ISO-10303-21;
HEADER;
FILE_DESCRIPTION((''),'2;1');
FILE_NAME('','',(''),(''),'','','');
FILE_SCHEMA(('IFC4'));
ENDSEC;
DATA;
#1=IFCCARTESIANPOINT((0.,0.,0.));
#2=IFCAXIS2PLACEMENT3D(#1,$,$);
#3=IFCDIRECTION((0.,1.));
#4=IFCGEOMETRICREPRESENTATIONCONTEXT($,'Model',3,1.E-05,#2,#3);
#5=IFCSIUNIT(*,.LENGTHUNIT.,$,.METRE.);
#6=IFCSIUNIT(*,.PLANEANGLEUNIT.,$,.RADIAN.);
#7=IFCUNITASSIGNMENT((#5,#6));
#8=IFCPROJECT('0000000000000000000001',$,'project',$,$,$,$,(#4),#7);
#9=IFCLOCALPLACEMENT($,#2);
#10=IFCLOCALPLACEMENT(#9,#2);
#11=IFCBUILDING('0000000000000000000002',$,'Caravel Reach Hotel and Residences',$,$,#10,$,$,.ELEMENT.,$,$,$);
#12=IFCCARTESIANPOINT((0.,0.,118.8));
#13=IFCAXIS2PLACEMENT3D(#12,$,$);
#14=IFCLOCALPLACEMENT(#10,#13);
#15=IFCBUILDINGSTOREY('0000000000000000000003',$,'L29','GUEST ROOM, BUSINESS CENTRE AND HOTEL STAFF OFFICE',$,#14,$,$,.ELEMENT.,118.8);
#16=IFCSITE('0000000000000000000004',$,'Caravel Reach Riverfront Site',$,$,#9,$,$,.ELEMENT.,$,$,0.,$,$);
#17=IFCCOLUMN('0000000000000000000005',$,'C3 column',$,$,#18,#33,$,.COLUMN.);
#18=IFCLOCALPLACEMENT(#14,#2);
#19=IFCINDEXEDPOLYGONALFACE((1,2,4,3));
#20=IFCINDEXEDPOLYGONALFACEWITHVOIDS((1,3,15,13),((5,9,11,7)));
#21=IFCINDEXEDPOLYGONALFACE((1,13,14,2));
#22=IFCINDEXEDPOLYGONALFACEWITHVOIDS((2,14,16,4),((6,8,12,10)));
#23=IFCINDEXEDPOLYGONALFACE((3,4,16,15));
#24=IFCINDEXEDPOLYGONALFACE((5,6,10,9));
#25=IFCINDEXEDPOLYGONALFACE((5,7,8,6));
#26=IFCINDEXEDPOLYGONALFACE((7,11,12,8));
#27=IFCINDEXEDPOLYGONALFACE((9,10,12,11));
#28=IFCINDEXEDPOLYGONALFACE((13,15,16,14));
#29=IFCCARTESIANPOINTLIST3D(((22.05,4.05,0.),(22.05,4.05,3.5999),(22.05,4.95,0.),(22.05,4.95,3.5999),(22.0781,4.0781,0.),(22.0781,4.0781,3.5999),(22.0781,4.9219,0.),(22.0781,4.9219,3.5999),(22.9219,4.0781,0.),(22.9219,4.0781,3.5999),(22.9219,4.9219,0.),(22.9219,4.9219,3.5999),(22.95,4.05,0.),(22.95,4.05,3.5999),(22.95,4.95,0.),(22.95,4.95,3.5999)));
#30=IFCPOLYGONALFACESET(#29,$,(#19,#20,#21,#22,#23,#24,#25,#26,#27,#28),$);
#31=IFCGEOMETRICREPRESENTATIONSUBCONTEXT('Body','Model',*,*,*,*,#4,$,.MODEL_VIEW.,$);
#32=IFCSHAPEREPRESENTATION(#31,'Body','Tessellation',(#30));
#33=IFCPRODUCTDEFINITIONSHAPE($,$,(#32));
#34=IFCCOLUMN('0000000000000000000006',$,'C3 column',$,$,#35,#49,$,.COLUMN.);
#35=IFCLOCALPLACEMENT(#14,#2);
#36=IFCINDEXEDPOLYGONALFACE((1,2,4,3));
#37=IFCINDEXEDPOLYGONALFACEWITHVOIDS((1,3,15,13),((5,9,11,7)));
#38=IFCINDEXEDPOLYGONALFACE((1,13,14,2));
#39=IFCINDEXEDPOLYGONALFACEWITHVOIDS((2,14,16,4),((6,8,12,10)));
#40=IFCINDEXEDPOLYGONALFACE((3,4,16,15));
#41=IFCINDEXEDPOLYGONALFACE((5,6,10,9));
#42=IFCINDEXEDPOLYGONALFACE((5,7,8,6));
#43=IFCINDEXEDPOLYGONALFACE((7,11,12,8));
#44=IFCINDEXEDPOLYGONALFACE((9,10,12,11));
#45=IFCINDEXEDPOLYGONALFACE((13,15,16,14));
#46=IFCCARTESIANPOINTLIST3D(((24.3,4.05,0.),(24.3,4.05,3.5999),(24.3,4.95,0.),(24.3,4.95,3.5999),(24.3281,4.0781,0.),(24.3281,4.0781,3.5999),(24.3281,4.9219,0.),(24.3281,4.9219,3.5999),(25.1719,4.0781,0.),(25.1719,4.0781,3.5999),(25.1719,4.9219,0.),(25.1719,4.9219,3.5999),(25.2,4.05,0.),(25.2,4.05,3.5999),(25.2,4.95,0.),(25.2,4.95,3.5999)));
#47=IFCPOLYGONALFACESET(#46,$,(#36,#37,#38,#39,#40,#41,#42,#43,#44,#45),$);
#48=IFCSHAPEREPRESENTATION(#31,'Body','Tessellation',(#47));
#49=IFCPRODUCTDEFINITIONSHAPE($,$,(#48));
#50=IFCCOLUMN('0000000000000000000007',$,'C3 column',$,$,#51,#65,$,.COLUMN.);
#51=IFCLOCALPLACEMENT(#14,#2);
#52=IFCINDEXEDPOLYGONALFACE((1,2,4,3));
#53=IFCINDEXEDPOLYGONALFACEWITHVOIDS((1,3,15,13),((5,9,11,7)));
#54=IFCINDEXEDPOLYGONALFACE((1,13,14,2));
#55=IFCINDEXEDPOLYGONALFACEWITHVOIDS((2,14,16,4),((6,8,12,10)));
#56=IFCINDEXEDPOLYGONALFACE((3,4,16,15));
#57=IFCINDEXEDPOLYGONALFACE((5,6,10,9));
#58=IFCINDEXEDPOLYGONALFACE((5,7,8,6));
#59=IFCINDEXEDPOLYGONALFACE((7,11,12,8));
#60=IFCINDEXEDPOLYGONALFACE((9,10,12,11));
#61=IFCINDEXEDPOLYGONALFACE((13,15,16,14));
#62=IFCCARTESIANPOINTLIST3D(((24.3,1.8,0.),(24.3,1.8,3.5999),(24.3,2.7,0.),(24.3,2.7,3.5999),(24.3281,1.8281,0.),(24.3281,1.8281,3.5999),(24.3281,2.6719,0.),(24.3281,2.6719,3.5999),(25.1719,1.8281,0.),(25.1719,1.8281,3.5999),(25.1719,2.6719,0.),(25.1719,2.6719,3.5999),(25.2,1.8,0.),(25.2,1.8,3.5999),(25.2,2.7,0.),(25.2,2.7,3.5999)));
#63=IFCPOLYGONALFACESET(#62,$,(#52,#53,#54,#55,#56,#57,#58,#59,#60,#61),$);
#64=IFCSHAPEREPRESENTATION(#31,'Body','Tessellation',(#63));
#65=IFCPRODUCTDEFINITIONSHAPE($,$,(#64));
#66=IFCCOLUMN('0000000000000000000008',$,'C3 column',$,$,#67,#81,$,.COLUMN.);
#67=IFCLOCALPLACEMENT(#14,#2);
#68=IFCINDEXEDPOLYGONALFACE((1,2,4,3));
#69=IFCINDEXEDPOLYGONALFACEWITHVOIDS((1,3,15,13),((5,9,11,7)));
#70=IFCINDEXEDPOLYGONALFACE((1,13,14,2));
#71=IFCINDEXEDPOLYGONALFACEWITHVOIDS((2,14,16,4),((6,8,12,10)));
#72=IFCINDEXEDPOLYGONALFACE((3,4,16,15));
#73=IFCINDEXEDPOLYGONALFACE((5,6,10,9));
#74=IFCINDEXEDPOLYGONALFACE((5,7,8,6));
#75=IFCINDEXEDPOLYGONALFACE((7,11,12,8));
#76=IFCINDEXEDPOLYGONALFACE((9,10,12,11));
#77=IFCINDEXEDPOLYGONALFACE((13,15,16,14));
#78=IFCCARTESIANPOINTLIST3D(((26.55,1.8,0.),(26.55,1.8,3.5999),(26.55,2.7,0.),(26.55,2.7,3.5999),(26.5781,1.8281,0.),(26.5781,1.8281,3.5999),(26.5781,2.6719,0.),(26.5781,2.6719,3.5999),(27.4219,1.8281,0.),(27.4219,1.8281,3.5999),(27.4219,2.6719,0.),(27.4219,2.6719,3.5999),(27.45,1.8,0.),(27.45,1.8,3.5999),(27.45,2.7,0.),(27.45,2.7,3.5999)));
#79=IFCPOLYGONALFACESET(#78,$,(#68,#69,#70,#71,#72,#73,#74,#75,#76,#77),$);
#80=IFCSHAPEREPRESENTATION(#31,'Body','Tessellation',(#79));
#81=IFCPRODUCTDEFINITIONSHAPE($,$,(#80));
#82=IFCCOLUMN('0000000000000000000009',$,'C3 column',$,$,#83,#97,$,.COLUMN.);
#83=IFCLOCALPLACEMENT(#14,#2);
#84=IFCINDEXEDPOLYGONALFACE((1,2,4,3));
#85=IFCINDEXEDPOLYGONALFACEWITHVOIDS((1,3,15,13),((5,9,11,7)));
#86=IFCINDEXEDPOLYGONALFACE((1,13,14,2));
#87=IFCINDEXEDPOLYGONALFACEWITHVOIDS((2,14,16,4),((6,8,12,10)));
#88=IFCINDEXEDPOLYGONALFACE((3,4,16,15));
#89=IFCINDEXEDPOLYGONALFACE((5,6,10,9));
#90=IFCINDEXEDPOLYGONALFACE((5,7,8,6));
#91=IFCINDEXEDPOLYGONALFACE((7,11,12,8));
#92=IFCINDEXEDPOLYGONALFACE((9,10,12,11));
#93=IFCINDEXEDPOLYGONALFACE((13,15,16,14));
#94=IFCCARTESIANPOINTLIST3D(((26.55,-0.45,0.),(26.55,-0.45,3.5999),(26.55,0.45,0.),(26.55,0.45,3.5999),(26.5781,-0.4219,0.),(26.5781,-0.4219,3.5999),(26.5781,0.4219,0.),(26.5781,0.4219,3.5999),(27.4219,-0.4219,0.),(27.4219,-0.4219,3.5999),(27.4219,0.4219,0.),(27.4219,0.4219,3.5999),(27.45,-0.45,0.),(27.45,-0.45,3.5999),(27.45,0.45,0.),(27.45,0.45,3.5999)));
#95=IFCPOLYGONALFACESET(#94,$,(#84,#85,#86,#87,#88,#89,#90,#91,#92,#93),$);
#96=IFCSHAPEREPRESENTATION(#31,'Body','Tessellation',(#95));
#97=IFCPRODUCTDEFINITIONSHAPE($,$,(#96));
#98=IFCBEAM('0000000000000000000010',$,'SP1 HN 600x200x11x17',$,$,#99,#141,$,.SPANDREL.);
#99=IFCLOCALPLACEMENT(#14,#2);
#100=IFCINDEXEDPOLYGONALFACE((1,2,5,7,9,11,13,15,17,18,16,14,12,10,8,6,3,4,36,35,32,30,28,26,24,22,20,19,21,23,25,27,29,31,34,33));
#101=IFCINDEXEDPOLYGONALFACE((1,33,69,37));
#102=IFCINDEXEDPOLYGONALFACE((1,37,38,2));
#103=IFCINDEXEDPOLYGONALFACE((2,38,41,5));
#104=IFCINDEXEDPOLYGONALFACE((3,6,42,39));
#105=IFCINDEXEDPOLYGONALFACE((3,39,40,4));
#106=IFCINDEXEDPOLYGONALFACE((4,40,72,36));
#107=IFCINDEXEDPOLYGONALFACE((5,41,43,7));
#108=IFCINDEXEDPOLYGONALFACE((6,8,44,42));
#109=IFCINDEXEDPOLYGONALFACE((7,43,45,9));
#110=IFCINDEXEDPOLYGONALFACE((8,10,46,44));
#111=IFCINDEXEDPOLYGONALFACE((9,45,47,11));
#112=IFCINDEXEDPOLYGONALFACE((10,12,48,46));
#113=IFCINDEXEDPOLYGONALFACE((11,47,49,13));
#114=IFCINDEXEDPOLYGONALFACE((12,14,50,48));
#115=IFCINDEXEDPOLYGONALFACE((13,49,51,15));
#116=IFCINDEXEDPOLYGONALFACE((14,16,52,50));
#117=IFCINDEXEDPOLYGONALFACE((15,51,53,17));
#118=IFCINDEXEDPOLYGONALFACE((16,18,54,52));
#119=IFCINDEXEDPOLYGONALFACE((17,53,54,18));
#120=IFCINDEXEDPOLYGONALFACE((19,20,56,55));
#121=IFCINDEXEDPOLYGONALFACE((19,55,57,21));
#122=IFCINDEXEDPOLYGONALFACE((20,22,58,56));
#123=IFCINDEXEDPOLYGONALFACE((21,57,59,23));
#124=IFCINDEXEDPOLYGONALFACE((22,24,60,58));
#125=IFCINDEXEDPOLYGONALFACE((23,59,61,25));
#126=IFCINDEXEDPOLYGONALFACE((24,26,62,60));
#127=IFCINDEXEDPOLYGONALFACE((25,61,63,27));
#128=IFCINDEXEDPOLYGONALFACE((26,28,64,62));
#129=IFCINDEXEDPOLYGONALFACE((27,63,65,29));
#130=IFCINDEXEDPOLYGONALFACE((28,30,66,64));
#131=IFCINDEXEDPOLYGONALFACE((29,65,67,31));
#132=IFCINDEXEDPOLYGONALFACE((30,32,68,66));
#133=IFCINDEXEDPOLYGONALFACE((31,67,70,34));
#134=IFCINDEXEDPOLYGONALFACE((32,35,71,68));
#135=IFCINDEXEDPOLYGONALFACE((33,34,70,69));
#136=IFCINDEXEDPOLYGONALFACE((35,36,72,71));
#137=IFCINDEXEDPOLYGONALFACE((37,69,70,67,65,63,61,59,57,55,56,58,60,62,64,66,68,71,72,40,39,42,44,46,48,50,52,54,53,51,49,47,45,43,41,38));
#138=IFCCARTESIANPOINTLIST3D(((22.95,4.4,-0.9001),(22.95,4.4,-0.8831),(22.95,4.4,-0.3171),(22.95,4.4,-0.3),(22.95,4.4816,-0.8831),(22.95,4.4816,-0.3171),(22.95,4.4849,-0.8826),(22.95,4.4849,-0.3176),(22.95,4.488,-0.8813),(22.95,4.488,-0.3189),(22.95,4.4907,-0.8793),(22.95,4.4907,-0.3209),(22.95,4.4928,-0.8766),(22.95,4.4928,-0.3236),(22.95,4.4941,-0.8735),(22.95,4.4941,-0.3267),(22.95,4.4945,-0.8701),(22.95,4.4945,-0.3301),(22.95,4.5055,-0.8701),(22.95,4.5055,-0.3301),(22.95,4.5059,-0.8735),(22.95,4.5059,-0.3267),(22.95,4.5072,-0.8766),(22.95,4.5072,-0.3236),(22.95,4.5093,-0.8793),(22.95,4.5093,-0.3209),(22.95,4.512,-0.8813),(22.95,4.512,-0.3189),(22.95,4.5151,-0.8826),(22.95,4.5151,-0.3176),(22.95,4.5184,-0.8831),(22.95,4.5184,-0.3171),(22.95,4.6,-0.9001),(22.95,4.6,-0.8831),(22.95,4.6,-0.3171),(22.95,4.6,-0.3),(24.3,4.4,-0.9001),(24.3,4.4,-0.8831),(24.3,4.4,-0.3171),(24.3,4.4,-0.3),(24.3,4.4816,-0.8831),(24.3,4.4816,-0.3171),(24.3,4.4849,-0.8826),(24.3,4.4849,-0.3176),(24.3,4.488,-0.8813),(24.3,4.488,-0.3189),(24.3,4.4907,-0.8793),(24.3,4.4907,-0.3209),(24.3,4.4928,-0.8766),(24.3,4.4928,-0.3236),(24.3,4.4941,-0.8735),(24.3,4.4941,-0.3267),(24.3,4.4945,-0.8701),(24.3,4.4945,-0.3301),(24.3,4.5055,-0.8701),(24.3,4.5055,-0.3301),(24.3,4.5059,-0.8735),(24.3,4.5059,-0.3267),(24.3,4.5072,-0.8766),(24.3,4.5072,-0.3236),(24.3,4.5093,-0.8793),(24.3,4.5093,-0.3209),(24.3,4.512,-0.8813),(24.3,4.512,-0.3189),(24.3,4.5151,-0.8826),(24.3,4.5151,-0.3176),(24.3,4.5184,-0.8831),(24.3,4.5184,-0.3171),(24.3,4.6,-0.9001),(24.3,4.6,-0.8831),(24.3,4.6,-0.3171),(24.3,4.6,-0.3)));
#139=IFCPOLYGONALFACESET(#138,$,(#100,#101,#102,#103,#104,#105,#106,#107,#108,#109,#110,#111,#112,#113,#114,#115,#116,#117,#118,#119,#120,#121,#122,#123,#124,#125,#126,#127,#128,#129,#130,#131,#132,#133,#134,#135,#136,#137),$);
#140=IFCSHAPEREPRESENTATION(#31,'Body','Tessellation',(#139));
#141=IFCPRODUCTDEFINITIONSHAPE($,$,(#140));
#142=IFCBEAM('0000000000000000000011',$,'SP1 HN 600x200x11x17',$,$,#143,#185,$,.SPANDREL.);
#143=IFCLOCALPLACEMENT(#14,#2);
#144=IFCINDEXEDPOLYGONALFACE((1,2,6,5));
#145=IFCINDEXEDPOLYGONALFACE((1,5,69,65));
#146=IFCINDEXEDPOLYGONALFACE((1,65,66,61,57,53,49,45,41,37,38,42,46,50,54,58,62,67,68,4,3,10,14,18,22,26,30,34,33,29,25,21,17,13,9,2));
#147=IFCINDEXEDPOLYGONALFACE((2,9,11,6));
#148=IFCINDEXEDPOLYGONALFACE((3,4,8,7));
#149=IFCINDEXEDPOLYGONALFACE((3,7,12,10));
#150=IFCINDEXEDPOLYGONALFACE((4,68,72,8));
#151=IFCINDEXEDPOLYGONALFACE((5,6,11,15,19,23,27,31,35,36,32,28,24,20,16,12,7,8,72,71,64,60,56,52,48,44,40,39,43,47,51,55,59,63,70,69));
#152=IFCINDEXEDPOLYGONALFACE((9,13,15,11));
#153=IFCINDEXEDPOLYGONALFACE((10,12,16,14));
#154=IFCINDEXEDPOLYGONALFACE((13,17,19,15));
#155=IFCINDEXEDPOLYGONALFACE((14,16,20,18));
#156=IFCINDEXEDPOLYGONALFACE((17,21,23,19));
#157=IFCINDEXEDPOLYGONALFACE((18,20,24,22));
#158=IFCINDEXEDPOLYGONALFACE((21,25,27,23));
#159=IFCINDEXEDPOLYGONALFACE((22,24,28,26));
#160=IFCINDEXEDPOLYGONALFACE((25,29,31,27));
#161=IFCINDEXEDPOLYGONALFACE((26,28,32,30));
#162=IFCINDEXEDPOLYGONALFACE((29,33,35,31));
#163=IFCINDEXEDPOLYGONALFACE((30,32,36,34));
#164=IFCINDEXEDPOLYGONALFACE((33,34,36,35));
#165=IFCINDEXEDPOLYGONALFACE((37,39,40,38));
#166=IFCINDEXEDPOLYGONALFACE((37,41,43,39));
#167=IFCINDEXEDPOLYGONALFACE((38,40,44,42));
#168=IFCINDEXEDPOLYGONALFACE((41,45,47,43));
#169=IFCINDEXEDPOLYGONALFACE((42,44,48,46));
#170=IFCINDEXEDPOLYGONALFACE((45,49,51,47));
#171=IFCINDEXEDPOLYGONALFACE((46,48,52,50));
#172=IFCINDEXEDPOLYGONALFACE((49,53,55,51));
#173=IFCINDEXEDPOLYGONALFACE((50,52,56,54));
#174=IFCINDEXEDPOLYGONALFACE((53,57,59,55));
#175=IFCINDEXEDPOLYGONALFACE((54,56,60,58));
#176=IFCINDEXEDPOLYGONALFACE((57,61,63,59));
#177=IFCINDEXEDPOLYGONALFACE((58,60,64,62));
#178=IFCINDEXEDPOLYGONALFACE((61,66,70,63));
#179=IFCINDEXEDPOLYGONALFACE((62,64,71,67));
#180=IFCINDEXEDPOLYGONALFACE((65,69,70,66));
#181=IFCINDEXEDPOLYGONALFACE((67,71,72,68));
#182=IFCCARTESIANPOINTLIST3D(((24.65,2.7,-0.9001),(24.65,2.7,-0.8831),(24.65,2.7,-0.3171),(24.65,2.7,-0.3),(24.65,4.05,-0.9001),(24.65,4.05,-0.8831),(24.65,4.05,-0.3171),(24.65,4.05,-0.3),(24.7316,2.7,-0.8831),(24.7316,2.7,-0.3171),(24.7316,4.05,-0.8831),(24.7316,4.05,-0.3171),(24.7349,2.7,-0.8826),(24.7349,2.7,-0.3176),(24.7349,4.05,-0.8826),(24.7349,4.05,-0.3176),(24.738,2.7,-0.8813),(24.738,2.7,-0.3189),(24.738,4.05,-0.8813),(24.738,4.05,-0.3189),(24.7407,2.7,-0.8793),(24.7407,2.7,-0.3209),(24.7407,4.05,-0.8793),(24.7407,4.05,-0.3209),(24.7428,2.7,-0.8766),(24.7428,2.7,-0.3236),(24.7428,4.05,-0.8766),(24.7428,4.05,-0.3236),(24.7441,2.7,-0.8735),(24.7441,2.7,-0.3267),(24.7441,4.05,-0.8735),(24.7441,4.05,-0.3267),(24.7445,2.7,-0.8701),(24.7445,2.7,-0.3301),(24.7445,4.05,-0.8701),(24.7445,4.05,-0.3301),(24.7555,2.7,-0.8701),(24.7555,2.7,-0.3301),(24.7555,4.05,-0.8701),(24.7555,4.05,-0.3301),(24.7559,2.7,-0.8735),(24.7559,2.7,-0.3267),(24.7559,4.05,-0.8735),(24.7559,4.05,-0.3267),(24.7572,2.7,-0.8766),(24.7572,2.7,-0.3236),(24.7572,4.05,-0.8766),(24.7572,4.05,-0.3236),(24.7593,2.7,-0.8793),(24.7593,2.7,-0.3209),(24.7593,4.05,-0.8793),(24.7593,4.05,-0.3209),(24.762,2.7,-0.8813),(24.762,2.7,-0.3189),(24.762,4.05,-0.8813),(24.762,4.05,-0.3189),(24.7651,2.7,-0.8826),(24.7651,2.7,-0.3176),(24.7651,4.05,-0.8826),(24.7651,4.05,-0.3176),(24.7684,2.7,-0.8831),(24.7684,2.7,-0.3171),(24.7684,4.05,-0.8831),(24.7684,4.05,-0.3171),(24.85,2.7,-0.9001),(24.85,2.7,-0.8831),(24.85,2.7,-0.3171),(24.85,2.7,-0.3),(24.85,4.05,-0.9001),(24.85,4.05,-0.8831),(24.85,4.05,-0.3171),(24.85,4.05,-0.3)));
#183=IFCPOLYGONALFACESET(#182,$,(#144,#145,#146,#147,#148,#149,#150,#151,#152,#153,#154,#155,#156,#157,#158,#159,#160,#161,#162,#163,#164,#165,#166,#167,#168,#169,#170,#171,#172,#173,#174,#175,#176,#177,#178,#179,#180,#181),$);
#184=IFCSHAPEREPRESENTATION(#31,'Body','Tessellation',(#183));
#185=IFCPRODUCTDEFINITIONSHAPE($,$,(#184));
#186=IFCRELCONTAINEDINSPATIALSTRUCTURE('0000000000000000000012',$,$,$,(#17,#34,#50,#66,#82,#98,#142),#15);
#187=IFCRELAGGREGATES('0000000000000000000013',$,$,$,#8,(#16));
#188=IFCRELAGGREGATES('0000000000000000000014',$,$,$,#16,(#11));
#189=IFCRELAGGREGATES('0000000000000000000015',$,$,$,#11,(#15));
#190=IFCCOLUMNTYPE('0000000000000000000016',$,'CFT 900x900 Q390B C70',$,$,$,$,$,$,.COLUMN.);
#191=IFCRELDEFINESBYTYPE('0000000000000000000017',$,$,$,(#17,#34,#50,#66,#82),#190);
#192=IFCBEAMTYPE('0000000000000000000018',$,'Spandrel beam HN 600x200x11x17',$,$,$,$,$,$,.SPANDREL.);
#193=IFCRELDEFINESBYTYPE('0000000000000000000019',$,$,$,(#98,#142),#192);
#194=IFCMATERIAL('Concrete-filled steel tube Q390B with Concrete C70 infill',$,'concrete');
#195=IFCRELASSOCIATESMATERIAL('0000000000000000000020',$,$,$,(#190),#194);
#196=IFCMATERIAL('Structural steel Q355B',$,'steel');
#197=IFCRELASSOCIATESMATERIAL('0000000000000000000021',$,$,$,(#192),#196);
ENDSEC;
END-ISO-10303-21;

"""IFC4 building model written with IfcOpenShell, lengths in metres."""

from ifc_helpers import new_model, si_unit, direction, frame, origin, origin_2d, place, context, subcontext, project, spatial, hollow_rectangle, i_section, extrude, material, material_profile, profile_set, type_object, element, save


model = new_model("IFC4")

# Units and contexts
model_context = context("Model", 3, precision=1e-05, world=origin(), true_north=direction((0.0, 1.0)))
body_context = subcontext(model_context, "Body", "Model", "MODEL_VIEW")
ifc_project = project(units=[si_unit("LENGTHUNIT", "METRE"), si_unit("PLANEANGLEUNIT", "RADIAN")], contexts=[model_context])

# Site, building, storey
site_placement = place(None, origin())
site = spatial("IfcSite", under=ifc_project, at=site_placement, Name="Caravel Reach Riverfront Site", CompositionType="ELEMENT", RefElevation=0.0)
building_placement = place(site_placement, origin())
building = spatial("IfcBuilding", under=site, at=building_placement, Name="Caravel Reach Hotel and Residences", CompositionType="ELEMENT")
storey_placement = place(building_placement, frame((0.0, 0.0, 118.8)))
storey = spatial("IfcBuildingStorey", under=building, at=storey_placement, Name="L29", Description="GUEST ROOM, BUSINESS CENTRE AND HOTEL STAFF OFFICE", CompositionType="ELEMENT", Elevation=118.8)

# Columns
ifc_material_1 = material(Name="Concrete-filled steel tube Q390B with Concrete C70 infill", Category="concrete")
ifc_material_profile_1 = material_profile(ifc_material_1, hollow_rectangle(XDim=0.8999, YDim=0.8999, WallThickness=0.0281, at=origin_2d()), Name="RHS 900x900x28")
ifc_profile_set_1 = profile_set([ifc_material_profile_1], Name="Concrete-filled steel tube Q390B with Concrete C70 infill")
column_type = type_object("IfcColumnType", Name="CFT 900x900 Q390B C70", PredefinedType="COLUMN", material=ifc_profile_set_1)
for number, where, z_axis, x_axis, name in (
    (1, (22.5, 4.5, 0.0), (0.0, 0.0, 1.0), (1.0, 0.0, 0.0), "C3 column"),
    (2, (24.75, 4.5, 0.0), (0.0, 0.0, 1.0), (1.0, 0.0, 0.0), "C3 column"),
    (3, (24.75, 2.25, 0.0), (0.0, 0.0, 1.0), (1.0, 0.0, 0.0), "C3 column"),
    (4, (27.0, 2.25, 0.0), (0.0, 0.0, 1.0), (1.0, 0.0, 0.0), "C3 column"),
    (5, (27.0, 0.0, 0.0), (0.0, 0.0, 1.0), (1.0, 0.0, 0.0), "C3 column"),
):
    element("IfcColumn", number, at=place(storey_placement, frame(where, z_axis=z_axis, x_axis=x_axis)), inside=storey, type_object=column_type, Name=name, PredefinedType="COLUMN", context=body_context, shape_type="SweptSolid", body=[
        extrude(hollow_rectangle(XDim=0.8999, YDim=0.8999, WallThickness=0.0281, at=origin_2d()), origin(), (0.0, 0.0, 1.0), 3.5999),
    ])

# Beams
ifc_material_2 = material(Name="Structural steel Q355B", Category="steel")
ifc_material_profile_2 = material_profile(ifc_material_2, i_section(OverallWidth=0.2, OverallDepth=0.6001, WebThickness=0.011, FlangeThickness=0.0171, FilletRadius=0.0129, at=origin_2d()), Name="HN 600x200x11x17")
ifc_profile_set_2 = profile_set([ifc_material_profile_2], Name="Structural steel Q355B")
beam_type = type_object("IfcBeamType", Name="Spandrel beam HN 600x200x11x17", PredefinedType="SPANDREL", material=ifc_profile_set_2)
for number, where, z_axis, x_axis, name in (
    (6, (22.95, 4.5, -0.6001), (1.0, 0.0, 0.0), (0.0, 1.0, 0.0), "SP1 HN 600x200x11x17"),
    (7, (24.75, 4.05, -0.6001), (0.0, -1.0, 0.0), (1.0, 0.0, 0.0), "SP1 HN 600x200x11x17"),
):
    element("IfcBeam", number, at=place(storey_placement, frame(where, z_axis=z_axis, x_axis=x_axis)), inside=storey, type_object=beam_type, Name=name, PredefinedType="SPANDREL", context=body_context, shape_type="SweptSolid", body=[
        extrude(i_section(OverallWidth=0.2, OverallDepth=0.6001, WebThickness=0.011, FlangeThickness=0.0171, FilletRadius=0.0129, at=origin_2d()), origin(), (0.0, 0.0, 1.0), 1.3501),
    ])

save(model, "model.ifc")
